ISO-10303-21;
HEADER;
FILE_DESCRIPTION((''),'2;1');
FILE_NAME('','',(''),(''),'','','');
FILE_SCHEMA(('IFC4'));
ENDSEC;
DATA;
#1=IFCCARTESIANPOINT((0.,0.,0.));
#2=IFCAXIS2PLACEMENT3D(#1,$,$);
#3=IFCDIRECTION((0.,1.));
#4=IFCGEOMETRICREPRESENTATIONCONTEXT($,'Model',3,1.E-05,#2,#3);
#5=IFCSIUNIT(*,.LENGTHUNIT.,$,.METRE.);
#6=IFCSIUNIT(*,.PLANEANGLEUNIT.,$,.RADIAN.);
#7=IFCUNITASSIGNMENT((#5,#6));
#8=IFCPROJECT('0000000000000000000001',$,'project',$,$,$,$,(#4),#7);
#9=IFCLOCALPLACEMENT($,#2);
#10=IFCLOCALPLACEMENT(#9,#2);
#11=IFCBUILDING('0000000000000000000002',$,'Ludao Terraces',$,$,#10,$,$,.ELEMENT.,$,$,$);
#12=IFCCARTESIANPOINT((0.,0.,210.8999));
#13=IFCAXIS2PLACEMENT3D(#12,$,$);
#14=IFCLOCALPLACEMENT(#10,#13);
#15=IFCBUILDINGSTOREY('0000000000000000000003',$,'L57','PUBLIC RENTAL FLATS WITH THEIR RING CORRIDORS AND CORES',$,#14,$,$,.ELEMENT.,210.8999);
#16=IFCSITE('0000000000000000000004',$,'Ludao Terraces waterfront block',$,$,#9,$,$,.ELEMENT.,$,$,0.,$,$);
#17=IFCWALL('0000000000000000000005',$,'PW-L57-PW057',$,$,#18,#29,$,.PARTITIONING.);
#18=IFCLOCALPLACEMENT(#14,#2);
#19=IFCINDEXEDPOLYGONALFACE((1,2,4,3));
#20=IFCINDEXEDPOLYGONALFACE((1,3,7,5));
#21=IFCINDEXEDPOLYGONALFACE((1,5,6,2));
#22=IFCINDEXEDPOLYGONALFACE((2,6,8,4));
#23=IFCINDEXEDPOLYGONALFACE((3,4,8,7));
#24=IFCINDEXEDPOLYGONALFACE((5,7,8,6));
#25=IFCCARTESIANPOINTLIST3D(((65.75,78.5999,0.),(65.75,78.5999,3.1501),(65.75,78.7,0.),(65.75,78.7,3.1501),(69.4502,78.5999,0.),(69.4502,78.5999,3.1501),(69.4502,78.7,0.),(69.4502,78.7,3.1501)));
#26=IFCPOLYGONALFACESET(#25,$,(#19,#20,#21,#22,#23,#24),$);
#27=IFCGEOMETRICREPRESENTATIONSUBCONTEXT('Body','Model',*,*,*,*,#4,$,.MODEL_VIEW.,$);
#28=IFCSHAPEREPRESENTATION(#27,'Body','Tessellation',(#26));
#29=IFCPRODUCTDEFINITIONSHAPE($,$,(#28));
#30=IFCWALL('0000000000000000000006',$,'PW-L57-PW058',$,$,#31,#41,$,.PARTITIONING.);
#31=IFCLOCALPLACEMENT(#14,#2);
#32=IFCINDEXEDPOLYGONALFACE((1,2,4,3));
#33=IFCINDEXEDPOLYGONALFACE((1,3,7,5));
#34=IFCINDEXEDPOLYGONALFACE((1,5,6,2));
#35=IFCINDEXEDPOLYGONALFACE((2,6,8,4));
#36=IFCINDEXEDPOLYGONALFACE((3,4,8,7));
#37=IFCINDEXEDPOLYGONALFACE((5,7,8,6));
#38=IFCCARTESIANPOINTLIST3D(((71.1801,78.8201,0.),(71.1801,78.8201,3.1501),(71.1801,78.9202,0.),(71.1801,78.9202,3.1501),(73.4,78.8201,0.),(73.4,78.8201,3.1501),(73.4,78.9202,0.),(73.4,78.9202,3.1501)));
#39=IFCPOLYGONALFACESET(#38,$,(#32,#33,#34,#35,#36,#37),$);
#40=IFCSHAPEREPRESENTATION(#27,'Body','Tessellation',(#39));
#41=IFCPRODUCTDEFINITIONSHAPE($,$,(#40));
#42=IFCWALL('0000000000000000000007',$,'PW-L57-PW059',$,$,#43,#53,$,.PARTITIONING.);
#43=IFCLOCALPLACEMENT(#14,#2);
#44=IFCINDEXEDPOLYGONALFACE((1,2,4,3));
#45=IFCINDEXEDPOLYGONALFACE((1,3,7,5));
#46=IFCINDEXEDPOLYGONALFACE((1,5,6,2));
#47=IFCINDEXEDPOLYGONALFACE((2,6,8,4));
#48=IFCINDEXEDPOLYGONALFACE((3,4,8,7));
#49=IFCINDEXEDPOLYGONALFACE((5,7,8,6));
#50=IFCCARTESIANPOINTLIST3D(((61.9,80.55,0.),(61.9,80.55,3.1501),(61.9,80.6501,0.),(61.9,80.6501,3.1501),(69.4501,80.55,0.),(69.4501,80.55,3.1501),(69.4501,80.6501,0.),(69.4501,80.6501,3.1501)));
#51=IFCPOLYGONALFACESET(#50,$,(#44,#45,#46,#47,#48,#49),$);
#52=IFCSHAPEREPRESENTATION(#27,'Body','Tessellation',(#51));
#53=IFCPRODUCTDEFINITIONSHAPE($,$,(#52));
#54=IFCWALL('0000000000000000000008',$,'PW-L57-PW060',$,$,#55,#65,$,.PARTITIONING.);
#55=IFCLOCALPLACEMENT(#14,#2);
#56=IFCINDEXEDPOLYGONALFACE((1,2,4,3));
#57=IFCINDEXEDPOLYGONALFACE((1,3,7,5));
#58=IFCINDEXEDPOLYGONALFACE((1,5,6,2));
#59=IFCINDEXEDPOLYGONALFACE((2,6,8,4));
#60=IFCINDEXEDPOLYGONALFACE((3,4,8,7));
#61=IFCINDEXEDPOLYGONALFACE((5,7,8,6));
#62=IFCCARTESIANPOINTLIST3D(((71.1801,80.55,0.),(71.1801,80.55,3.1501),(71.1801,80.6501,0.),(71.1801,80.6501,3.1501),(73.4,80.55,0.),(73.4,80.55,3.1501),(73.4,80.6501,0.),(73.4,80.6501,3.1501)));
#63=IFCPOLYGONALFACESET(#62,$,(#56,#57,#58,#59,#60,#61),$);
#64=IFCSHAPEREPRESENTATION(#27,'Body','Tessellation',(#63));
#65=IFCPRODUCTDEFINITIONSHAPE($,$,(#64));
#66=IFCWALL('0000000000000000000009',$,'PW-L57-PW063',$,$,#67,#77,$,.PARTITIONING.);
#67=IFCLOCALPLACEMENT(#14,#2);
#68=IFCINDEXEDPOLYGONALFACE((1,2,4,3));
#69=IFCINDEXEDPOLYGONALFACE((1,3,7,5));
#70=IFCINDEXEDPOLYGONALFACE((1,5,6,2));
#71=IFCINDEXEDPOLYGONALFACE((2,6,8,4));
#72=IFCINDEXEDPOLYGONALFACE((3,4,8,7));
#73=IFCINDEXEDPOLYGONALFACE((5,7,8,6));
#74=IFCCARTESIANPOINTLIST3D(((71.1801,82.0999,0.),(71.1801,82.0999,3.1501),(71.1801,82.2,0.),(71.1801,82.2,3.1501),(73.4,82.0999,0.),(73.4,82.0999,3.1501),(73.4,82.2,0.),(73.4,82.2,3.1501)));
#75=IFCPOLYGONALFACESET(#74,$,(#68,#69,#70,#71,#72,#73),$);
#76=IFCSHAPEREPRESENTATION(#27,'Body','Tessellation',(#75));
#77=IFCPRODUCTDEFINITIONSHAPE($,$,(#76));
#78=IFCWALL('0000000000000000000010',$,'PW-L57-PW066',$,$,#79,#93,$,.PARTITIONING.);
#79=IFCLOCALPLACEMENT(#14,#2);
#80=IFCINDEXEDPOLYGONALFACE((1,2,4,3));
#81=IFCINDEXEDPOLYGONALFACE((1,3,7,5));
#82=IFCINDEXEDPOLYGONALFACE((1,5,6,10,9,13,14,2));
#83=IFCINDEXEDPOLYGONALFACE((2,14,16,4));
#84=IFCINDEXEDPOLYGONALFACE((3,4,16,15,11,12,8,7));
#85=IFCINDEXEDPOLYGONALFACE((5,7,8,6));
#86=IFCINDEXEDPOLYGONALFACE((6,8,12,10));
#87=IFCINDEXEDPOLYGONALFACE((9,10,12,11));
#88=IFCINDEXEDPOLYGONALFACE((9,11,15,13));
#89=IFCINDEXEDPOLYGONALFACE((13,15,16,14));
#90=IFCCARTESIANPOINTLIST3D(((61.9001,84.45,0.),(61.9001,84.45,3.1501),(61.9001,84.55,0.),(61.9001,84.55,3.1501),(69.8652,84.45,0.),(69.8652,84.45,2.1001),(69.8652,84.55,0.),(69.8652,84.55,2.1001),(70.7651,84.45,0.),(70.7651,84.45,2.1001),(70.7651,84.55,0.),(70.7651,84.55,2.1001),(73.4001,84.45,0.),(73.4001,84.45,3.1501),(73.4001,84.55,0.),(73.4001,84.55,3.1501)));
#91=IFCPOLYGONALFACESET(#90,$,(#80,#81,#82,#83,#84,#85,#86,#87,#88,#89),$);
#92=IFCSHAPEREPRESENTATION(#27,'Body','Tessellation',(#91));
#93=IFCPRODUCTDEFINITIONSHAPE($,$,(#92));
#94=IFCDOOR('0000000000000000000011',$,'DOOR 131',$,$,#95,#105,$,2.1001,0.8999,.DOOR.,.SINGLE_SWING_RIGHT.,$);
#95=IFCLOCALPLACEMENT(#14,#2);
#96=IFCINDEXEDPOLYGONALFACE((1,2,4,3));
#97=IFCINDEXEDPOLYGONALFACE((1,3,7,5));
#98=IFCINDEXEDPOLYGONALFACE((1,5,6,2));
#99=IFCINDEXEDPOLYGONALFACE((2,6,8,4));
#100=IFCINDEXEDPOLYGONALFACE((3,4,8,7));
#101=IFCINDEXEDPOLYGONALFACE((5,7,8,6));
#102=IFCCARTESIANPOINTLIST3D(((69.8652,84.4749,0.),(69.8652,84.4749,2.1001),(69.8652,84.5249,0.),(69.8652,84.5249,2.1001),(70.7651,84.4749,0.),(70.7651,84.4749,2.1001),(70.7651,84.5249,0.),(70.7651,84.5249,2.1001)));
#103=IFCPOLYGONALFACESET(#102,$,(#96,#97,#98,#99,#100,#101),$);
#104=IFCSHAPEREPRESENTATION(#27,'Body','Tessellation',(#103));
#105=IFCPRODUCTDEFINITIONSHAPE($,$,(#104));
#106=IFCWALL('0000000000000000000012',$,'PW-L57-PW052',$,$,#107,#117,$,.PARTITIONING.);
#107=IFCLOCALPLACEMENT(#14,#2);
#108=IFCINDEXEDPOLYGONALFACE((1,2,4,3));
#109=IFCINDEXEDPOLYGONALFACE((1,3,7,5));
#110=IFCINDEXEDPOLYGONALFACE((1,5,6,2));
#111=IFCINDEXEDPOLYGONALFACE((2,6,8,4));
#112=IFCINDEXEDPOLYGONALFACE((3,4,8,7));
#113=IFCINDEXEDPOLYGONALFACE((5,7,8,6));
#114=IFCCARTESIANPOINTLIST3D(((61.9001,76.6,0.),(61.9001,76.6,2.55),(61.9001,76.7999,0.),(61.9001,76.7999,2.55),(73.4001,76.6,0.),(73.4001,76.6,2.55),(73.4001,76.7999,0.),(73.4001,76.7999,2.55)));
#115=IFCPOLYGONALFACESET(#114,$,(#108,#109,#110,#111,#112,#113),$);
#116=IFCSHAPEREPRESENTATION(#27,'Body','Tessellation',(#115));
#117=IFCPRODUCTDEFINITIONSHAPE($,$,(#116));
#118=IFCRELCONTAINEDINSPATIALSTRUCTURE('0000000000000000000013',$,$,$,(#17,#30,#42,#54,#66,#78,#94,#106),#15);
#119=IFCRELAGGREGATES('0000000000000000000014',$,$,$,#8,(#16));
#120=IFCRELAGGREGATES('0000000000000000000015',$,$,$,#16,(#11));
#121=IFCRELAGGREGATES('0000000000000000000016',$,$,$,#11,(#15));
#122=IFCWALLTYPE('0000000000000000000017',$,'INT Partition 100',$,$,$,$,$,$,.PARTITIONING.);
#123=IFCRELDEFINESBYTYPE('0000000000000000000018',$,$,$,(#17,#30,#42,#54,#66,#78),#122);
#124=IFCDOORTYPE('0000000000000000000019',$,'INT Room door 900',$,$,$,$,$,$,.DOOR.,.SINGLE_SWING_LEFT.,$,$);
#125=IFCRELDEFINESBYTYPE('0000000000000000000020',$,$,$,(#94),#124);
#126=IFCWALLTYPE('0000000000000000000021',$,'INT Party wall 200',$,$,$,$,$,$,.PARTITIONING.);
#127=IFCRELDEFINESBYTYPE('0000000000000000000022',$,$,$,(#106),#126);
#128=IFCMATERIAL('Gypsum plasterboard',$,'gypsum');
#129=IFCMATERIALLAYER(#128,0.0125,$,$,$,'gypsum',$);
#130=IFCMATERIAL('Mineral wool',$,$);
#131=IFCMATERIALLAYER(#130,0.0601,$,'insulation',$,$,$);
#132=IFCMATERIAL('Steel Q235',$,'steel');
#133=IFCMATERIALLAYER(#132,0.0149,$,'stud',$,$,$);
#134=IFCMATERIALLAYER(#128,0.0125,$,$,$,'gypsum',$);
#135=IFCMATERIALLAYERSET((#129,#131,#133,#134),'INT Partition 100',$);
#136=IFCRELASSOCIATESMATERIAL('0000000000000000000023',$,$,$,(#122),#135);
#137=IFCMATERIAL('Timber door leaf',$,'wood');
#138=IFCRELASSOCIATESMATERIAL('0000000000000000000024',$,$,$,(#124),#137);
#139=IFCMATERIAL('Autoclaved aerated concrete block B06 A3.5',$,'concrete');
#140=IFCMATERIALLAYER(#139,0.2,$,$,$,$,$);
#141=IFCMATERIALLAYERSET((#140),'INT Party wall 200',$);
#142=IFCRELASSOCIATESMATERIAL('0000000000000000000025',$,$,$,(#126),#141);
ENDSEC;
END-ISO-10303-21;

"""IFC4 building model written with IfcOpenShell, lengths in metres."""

from ifc_helpers import new_model, si_unit, direction, frame, frame_2d, origin, place, context, subcontext, project, spatial, rectangle, extrude, material, layer, layer_set, type_object, element, fill, save


model = new_model("IFC4")

# Units and contexts
model_context = context("Model", 3, precision=1e-05, world=origin(), true_north=direction((0.0, 1.0)))
body_context = subcontext(model_context, "Body", "Model", "MODEL_VIEW")
ifc_project = project(units=[si_unit("LENGTHUNIT", "METRE"), si_unit("PLANEANGLEUNIT", "RADIAN")], contexts=[model_context])

# Site, building, storey
site_placement = place(None, origin())
site = spatial("IfcSite", under=ifc_project, at=site_placement, Name="Ludao Terraces waterfront block", CompositionType="ELEMENT", RefElevation=0.0)
building_placement = place(site_placement, origin())
building = spatial("IfcBuilding", under=site, at=building_placement, Name="Ludao Terraces", CompositionType="ELEMENT")
storey_placement = place(building_placement, frame((0.0, 0.0, 210.8999)))
storey = spatial("IfcBuildingStorey", under=building, at=storey_placement, Name="L57", Description="PUBLIC RENTAL FLATS WITH THEIR RING CORRIDORS AND CORES", CompositionType="ELEMENT", Elevation=210.8999)

# Shared definitions
ifc_material_1 = material(Name="Mineral wool")

# Walls
ifc_material_2 = material(Name="Gypsum plasterboard", Category="gypsum")
ifc_layer_1 = layer(ifc_material_2, 0.0125, Category="gypsum")
ifc_layer_2 = layer(ifc_material_1, 0.0601, Name="insulation")
ifc_material_3 = material(Name="Steel Q235", Category="steel")
ifc_layer_3 = layer(ifc_material_3, 0.0149, Name="stud")
ifc_layer_4 = layer(ifc_material_2, 0.0125, Category="gypsum")
ifc_layer_set_1 = layer_set([ifc_layer_1, ifc_layer_2, ifc_layer_3, ifc_layer_4], Name="INT Partition 100")
wall_type_1 = type_object("IfcWallType", Name="INT Partition 100", PredefinedType="PARTITIONING", material=ifc_layer_set_1)
wall_1_placement = place(storey_placement, frame((65.75, 78.6499, 0.0), z_axis=(0.0, 0.0, 1.0), x_axis=(1.0, 0.0, 0.0)))
element("IfcWall", 1, at=wall_1_placement, inside=storey, type_object=wall_type_1, Name="PW-L57-PW057", PredefinedType="PARTITIONING", context=body_context, shape_type="SweptSolid", body=[
    extrude(rectangle(XDim=3.7002, YDim=0.1001, at=frame_2d((1.8501, 0.0))), origin(), (0.0, 0.0, 1.0), 3.1501),
])
wall_2_placement = place(storey_placement, frame((71.1802, 78.8701, 0.0), z_axis=(0.0, 0.0, 1.0), x_axis=(1.0, 0.0, 0.0)))
element("IfcWall", 2, at=wall_2_placement, inside=storey, type_object=wall_type_1, Name="PW-L57-PW058", PredefinedType="PARTITIONING", context=body_context, shape_type="SweptSolid", body=[
    extrude(rectangle(XDim=2.22, YDim=0.1001, at=frame_2d((1.1099, 0.0))), origin(), (0.0, 0.0, 1.0), 3.1501),
])
wall_3_placement = place(storey_placement, frame((61.9001, 80.6001, 0.0), z_axis=(0.0, 0.0, 1.0), x_axis=(1.0, 0.0, 0.0)))
element("IfcWall", 3, at=wall_3_placement, inside=storey, type_object=wall_type_1, Name="PW-L57-PW059", PredefinedType="PARTITIONING", context=body_context, shape_type="SweptSolid", body=[
    extrude(rectangle(XDim=7.55, YDim=0.1001, at=frame_2d((3.7749, 0.0))), origin(), (0.0, 0.0, 1.0), 3.1501),
])
for number, where, z_axis, x_axis, name in (
    (4, (71.1802, 80.6001, 0.0), (0.0, 0.0, 1.0), (1.0, 0.0, 0.0), "PW-L57-PW060"),
    (5, (71.1802, 82.1499, 0.0), (0.0, 0.0, 1.0), (1.0, 0.0, 0.0), "PW-L57-PW063"),
):
    element("IfcWall", number, at=place(storey_placement, frame(where, z_axis=z_axis, x_axis=x_axis)), inside=storey, type_object=wall_type_1, Name=name, PredefinedType="PARTITIONING", context=body_context, shape_type="SweptSolid", body=[
        extrude(rectangle(XDim=2.22, YDim=0.1001, at=frame_2d((1.1099, 0.0))), origin(), (0.0, 0.0, 1.0), 3.1501),
    ])

# Wall, opening, door
wall_4_placement = place(storey_placement, frame((61.9001, 84.5, 0.0), z_axis=(0.0, 0.0, 1.0), x_axis=(1.0, 0.0, 0.0)))
wall_4 = element("IfcWall", 6, at=wall_4_placement, inside=storey, type_object=wall_type_1, Name="PW-L57-PW066", PredefinedType="PARTITIONING", context=body_context, shape_type="SweptSolid", body=[
    extrude(rectangle(XDim=11.5, YDim=0.1001, at=frame_2d((5.75, 0.0))), origin(), (0.0, 0.0, 1.0), 3.1501),
])
opening_1_placement = place(wall_4_placement, frame((7.9651, 0.0, 0.0)))
opening_1 = element("IfcOpeningElement", 7, at=opening_1_placement, cuts=wall_4, PredefinedType="OPENING", context=body_context, shape_type="SweptSolid", body=[
    extrude(rectangle(XDim=0.8999, YDim=2.1001, at=frame_2d((0.45, 1.05))), frame((0.0, 0.0601, 0.0), z_axis=(0.0, -1.0, 0.0), x_axis=(1.0, 0.0, 0.0)), (0.0, 0.0, 1.0), 0.1201),
])
ifc_material_4 = material(Name="Timber door leaf", Category="wood")
door_type = type_object("IfcDoorType", Name="INT Room door 900", OperationType="SINGLE_SWING_LEFT", PredefinedType="DOOR", material=ifc_material_4)
door_placement = place(opening_1_placement, origin())
door = element("IfcDoor", 8, at=door_placement, inside=storey, type_object=door_type, Name="DOOR 131", OperationType="SINGLE_SWING_RIGHT", OverallHeight=2.1001, OverallWidth=0.8999, PredefinedType="DOOR", context=body_context, shape_type="SweptSolid", body=[
    extrude(rectangle(XDim=0.8999, YDim=2.1001, at=frame_2d((0.45, 1.05))), frame((0.0, 0.0249, 0.0), z_axis=(0.0, -1.0, 0.0), x_axis=(1.0, 0.0, 0.0)), (0.0, 0.0, 1.0), 0.05),
])
fill(opening_1, door)

# Wall
ifc_material_5 = material(Name="Autoclaved aerated concrete block B06 A3.5", Category="concrete")
ifc_layer_5 = layer(ifc_material_5, 0.2)
ifc_layer_set_2 = layer_set([ifc_layer_5], Name="INT Party wall 200")
wall_type_2 = type_object("IfcWallType", Name="INT Party wall 200", PredefinedType="PARTITIONING", material=ifc_layer_set_2)
wall_5_placement = place(storey_placement, frame((61.9001, 76.7, 0.0), z_axis=(0.0, 0.0, 1.0), x_axis=(1.0, 0.0, 0.0)))
element("IfcWall", 9, at=wall_5_placement, inside=storey, type_object=wall_type_2, Name="PW-L57-PW052", PredefinedType="PARTITIONING", context=body_context, shape_type="SweptSolid", body=[
    extrude(rectangle(XDim=11.5, YDim=0.2, at=frame_2d((5.75, 0.0))), origin(), (0.0, 0.0, 1.0), 2.55),
])

save(model, "model.ifc")
